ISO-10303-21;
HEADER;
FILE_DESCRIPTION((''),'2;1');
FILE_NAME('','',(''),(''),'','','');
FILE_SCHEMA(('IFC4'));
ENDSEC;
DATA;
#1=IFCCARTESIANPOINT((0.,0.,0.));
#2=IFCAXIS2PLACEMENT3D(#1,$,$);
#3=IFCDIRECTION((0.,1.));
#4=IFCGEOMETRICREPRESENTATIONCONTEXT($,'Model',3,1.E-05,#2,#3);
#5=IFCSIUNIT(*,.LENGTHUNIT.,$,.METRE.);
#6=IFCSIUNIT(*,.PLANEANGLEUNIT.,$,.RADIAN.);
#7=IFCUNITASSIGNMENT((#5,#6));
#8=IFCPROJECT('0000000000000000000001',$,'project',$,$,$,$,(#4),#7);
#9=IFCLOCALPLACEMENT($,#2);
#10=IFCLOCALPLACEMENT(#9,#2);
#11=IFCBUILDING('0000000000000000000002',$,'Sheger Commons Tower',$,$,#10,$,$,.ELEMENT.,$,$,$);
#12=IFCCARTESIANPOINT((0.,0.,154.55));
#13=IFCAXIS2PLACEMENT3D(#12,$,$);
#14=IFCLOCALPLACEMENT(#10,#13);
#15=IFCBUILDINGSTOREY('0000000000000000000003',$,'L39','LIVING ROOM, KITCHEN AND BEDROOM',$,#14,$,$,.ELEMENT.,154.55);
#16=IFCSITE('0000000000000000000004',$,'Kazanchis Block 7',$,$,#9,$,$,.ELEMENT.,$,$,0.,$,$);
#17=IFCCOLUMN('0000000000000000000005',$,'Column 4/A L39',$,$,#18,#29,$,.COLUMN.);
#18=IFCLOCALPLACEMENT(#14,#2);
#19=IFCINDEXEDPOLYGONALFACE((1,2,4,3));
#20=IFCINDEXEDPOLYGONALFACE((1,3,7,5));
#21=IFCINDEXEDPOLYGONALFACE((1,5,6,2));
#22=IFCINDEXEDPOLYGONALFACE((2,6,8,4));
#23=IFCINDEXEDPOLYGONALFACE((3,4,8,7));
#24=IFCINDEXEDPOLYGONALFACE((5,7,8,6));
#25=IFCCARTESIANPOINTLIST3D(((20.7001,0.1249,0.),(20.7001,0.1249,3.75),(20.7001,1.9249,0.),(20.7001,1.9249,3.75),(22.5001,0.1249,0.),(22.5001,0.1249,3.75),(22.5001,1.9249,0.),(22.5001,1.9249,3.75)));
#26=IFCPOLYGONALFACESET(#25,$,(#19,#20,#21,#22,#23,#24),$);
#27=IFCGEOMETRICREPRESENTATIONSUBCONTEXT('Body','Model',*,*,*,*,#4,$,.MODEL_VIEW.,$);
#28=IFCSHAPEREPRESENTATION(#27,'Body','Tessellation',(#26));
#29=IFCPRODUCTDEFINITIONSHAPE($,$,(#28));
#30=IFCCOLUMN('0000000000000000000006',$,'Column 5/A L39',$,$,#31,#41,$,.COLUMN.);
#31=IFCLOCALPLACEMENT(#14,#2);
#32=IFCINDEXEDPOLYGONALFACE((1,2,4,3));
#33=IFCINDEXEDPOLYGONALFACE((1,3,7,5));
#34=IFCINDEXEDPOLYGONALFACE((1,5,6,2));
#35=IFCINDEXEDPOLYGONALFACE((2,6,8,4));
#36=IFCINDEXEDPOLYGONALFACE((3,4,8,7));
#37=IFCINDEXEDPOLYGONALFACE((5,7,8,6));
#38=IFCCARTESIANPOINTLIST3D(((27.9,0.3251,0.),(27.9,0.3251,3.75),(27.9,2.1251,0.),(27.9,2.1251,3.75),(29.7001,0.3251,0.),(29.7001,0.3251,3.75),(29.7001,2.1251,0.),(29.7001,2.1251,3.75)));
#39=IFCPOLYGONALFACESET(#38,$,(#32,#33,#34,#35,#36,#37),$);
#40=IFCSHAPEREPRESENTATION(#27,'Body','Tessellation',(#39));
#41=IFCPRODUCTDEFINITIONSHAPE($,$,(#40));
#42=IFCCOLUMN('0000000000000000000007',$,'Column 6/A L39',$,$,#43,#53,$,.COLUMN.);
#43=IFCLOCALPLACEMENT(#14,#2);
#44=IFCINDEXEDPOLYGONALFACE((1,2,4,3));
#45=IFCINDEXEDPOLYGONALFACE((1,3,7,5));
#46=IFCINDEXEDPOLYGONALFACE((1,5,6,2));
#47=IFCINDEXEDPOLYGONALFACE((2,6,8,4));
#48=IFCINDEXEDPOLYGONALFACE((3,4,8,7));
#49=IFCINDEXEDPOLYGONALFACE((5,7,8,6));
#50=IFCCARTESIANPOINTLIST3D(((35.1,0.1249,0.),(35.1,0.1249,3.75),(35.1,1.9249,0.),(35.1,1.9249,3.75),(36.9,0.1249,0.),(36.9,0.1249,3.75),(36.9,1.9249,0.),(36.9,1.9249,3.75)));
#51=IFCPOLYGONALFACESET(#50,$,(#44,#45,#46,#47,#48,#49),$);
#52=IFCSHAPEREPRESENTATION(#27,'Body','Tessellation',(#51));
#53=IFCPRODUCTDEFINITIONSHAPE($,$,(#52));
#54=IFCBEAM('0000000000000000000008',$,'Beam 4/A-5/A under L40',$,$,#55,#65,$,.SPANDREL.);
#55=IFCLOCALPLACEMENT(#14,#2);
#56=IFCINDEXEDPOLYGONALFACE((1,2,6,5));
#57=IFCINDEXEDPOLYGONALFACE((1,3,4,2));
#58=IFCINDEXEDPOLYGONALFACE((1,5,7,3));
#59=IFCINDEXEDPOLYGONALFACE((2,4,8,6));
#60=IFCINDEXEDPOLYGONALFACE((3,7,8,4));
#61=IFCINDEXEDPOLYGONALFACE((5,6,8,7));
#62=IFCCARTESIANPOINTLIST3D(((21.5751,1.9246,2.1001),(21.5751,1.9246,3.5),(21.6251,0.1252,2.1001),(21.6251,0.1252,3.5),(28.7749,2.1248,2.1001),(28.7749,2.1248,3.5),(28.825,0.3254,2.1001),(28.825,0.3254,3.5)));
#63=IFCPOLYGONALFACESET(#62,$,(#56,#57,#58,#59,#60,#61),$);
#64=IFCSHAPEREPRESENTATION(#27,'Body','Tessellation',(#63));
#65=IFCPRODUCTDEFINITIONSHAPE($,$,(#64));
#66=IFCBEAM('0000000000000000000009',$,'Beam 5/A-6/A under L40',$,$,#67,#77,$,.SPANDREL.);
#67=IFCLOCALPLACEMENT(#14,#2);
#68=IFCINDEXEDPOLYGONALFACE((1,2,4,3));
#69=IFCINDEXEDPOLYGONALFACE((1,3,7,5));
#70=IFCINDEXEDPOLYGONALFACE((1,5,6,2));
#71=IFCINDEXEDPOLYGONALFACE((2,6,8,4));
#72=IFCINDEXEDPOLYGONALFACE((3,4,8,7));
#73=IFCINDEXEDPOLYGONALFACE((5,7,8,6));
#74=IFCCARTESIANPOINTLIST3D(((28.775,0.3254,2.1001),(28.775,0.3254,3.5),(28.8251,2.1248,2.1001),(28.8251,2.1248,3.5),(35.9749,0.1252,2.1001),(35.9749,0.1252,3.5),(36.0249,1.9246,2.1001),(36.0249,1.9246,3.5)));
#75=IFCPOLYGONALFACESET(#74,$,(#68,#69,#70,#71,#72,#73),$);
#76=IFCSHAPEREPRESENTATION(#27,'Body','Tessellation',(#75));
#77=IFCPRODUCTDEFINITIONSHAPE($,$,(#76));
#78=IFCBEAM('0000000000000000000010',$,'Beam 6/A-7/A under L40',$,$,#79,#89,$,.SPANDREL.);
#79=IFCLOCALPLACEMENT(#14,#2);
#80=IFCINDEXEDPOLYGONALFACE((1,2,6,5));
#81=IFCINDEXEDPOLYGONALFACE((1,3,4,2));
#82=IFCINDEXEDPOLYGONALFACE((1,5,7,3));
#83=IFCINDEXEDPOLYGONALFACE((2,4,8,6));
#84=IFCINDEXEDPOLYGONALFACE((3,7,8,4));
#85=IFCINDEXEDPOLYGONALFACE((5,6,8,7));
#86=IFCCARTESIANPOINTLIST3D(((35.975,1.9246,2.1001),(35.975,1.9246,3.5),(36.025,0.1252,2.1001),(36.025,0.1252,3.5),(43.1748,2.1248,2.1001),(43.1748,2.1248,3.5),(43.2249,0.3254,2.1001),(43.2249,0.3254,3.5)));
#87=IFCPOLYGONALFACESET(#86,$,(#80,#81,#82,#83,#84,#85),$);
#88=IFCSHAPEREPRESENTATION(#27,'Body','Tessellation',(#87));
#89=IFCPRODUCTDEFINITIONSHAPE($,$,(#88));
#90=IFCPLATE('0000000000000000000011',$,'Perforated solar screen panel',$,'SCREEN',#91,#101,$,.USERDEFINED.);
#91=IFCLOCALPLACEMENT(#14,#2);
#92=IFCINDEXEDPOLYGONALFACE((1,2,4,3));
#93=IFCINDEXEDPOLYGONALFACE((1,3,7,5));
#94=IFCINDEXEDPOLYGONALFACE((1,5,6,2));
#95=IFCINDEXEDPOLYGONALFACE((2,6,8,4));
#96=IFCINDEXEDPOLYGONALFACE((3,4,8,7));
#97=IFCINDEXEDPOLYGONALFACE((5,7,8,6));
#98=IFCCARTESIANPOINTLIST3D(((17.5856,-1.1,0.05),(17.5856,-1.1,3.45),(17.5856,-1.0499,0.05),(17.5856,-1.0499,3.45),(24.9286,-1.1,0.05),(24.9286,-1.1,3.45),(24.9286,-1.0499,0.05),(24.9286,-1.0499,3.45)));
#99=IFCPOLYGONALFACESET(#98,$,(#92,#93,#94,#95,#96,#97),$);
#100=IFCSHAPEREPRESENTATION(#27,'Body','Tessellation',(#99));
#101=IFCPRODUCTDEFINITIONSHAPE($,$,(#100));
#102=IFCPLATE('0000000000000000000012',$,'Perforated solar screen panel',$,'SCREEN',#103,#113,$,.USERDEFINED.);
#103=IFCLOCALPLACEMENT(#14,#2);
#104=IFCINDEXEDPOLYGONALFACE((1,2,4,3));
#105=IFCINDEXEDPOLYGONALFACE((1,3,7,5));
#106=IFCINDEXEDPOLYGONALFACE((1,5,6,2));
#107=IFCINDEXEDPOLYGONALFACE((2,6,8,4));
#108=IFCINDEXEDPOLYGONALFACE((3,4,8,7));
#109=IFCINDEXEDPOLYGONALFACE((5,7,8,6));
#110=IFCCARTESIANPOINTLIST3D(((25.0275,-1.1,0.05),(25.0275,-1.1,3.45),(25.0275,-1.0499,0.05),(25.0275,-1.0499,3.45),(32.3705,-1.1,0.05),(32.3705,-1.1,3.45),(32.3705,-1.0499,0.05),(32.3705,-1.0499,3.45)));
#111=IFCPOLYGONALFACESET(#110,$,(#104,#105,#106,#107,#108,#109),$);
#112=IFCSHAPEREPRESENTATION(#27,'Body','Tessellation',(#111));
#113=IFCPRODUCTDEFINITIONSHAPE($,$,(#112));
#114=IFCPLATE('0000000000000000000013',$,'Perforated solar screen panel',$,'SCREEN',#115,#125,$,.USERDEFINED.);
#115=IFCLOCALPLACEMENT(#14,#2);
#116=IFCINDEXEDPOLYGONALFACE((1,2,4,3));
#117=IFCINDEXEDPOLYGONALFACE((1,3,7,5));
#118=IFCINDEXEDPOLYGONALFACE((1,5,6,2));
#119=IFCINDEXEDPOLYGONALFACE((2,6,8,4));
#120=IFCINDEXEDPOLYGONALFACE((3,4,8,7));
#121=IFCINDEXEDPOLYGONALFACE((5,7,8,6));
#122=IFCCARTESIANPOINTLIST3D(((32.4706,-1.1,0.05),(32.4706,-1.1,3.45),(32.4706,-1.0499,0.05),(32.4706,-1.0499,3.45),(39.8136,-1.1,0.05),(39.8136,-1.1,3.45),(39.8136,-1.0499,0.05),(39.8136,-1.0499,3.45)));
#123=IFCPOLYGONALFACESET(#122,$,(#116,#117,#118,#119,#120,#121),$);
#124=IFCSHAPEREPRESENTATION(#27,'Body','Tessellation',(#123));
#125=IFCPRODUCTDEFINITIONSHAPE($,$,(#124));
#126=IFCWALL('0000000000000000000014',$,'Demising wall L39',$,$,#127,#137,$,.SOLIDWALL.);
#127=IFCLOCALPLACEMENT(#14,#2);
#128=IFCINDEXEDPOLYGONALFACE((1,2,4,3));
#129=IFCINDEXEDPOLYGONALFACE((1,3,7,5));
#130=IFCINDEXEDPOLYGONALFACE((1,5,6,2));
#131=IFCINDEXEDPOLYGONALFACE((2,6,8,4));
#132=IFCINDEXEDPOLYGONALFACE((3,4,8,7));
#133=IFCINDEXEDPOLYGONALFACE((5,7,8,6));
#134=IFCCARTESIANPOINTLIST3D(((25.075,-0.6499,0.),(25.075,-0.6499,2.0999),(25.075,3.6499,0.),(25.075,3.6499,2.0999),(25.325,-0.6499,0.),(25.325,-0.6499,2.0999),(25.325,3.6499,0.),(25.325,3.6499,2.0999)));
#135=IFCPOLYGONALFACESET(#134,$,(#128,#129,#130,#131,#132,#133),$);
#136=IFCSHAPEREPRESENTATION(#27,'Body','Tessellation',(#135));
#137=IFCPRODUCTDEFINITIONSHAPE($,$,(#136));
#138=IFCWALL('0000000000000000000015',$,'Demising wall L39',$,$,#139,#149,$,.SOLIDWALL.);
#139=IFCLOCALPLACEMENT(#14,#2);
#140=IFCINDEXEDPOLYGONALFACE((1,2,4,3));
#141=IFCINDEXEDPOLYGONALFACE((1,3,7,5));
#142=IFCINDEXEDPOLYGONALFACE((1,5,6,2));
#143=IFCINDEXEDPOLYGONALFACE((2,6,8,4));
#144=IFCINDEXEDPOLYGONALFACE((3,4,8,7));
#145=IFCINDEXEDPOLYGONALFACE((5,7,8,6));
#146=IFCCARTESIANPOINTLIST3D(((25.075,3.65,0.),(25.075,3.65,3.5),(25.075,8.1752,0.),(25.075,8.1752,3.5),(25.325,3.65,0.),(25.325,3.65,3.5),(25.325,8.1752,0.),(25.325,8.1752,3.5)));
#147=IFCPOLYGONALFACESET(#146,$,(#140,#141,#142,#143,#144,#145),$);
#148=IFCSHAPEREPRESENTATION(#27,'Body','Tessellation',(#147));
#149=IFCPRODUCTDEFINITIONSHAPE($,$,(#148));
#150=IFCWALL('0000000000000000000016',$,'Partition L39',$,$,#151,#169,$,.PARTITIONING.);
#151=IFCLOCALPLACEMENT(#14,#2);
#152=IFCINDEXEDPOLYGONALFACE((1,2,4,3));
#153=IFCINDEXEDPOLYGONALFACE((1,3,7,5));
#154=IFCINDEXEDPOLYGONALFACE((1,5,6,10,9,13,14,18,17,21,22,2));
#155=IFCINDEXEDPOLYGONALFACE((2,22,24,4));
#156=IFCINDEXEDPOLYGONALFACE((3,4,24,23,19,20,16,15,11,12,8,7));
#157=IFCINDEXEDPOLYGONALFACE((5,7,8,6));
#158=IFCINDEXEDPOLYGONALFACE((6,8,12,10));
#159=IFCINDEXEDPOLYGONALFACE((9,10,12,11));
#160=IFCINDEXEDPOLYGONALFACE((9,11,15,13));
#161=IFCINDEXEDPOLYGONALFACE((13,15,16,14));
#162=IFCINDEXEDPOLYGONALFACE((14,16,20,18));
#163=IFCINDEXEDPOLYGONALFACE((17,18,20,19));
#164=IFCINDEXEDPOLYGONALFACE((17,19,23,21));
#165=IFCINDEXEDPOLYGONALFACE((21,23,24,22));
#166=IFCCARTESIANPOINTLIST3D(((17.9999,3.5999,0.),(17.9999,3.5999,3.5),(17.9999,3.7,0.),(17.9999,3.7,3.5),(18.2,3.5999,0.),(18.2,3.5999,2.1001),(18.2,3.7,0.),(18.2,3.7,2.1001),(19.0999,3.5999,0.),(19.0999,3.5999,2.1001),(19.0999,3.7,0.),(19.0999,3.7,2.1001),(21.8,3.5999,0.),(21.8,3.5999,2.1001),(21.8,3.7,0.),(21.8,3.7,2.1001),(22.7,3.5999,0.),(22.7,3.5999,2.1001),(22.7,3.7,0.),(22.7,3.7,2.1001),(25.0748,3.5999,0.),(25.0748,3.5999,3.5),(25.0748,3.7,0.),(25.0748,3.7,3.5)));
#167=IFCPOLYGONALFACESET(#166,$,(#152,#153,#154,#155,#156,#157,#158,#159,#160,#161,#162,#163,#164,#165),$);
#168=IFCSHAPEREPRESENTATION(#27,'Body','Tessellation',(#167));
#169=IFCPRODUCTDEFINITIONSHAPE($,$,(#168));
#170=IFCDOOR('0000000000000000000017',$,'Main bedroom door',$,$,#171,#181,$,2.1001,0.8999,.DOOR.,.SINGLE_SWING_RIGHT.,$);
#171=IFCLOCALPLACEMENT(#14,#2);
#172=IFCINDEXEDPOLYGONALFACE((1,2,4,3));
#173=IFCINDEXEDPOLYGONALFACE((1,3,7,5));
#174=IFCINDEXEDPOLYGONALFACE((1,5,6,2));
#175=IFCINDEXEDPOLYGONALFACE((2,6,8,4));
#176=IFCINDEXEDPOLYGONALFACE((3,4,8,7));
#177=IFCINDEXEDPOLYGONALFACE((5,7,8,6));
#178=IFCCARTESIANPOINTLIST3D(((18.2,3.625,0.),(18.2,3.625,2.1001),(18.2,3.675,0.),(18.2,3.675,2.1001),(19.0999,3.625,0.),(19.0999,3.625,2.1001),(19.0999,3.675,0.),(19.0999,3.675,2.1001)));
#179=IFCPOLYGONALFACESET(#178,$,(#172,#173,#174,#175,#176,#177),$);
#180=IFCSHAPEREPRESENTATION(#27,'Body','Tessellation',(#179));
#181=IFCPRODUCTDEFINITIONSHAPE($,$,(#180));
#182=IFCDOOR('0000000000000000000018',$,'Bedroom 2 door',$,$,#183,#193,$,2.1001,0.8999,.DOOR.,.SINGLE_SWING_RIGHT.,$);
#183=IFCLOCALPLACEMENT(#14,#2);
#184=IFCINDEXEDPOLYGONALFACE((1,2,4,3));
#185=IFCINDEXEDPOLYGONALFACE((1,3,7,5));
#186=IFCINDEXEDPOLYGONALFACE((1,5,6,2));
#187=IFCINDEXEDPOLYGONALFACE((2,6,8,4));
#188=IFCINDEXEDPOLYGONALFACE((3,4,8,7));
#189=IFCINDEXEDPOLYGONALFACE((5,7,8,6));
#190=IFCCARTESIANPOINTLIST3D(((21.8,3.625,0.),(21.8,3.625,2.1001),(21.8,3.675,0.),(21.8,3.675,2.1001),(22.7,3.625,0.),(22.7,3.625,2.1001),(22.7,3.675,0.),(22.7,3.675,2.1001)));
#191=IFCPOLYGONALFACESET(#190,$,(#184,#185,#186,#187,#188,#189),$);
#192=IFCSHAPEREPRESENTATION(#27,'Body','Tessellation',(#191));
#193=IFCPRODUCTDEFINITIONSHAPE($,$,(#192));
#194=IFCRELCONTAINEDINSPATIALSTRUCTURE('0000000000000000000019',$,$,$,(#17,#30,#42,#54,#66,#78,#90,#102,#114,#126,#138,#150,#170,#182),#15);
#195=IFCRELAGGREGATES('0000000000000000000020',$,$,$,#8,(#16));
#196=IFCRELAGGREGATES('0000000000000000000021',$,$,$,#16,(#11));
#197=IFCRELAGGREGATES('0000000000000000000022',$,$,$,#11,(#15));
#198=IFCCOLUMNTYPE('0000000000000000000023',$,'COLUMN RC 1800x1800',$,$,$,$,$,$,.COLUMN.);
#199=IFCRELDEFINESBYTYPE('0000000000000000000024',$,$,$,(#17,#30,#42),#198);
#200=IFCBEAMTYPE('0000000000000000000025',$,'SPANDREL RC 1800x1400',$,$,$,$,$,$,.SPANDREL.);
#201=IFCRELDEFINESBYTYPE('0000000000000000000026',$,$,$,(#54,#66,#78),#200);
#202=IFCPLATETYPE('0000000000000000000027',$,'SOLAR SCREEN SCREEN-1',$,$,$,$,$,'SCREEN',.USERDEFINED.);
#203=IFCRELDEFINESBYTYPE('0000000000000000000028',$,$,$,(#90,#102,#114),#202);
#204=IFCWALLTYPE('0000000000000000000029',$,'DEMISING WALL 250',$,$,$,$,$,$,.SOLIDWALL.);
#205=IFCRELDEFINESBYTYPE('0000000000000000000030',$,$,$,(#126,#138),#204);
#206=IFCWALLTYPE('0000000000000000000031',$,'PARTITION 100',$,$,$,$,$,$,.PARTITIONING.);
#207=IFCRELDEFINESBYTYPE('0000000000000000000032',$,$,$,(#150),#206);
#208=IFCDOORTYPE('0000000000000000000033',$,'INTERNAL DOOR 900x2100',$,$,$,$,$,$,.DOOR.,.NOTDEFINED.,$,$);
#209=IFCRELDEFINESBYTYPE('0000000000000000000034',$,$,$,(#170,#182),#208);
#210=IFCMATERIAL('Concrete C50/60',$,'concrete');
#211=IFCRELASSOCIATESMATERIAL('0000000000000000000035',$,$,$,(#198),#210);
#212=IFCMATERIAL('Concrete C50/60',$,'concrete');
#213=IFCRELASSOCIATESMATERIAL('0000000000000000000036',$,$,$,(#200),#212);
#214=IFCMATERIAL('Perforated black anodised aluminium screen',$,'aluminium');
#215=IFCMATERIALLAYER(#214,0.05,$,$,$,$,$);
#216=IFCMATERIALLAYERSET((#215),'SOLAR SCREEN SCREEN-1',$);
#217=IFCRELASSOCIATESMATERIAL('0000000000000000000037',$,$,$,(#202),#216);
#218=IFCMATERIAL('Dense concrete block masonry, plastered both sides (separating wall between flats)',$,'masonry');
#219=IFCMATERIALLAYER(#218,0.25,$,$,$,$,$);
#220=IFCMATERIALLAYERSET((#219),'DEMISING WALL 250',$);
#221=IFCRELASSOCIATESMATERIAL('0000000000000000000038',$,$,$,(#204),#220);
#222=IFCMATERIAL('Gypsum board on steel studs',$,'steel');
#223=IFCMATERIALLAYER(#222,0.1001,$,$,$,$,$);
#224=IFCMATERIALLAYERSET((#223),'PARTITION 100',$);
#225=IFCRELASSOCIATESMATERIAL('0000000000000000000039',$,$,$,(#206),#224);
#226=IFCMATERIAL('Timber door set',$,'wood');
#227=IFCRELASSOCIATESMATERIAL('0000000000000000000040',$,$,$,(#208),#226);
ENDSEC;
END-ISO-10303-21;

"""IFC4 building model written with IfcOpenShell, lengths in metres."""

from ifc_helpers import new_model, si_unit, direction, frame, frame_2d, origin, origin_2d, place, context, subcontext, project, spatial, rectangle, extrude, material, layer, layer_set, material_profile, profile_set, type_object, element, fill, save


model = new_model("IFC4")

# Units and contexts
model_context = context("Model", 3, precision=1e-05, world=origin(), true_north=direction((0.0, 1.0)))
body_context = subcontext(model_context, "Body", "Model", "MODEL_VIEW")
ifc_project = project(units=[si_unit("LENGTHUNIT", "METRE"), si_unit("PLANEANGLEUNIT", "RADIAN")], contexts=[model_context])

# Site, building, storey
site_placement = place(None, origin())
site = spatial("IfcSite", under=ifc_project, at=site_placement, Name="Kazanchis Block 7", CompositionType="ELEMENT", RefElevation=0.0)
building_placement = place(site_placement, origin())
building = spatial("IfcBuilding", under=site, at=building_placement, Name="Sheger Commons Tower", CompositionType="ELEMENT")
storey_placement = place(building_placement, frame((0.0, 0.0, 154.55)))
storey = spatial("IfcBuildingStorey", under=building, at=storey_placement, Name="L39", Description="LIVING ROOM, KITCHEN AND BEDROOM", CompositionType="ELEMENT", Elevation=154.55)

# Columns
ifc_material_1 = material(Name="Concrete C50/60", Category="concrete")
ifc_material_profile_1 = material_profile(ifc_material_1, rectangle(XDim=1.8, YDim=1.8, at=origin_2d()), Name="RC 1800x1800")
ifc_profile_set_1 = profile_set([ifc_material_profile_1], Name="Concrete C50/60")
column_type = type_object("IfcColumnType", Name="COLUMN RC 1800x1800", PredefinedType="COLUMN", material=ifc_profile_set_1)
for number, where, z_axis, x_axis, name in (
    (1, (21.6001, 1.0249, 0.0), (0.0, 0.0, 1.0), (1.0, 0.0, 0.0), "Column 4/A L39"),
    (2, (28.8, 1.2251, 0.0), (0.0, 0.0, 1.0), (1.0, 0.0, 0.0), "Column 5/A L39"),
    (3, (36.0, 1.0249, 0.0), (0.0, 0.0, 1.0), (1.0, 0.0, 0.0), "Column 6/A L39"),
):
    element("IfcColumn", number, at=place(storey_placement, frame(where, z_axis=z_axis, x_axis=x_axis)), inside=storey, type_object=column_type, Name=name, PredefinedType="COLUMN", context=body_context, shape_type="SweptSolid", body=[
        extrude(rectangle(XDim=1.8, YDim=1.8, at=origin_2d()), origin(), (0.0, 0.0, 1.0), 3.75),
    ])

# Beams
ifc_material_2 = material(Name="Concrete C50/60", Category="concrete")
ifc_material_profile_2 = material_profile(ifc_material_2, rectangle(XDim=1.8, YDim=1.3999, at=origin_2d()), Name="RC 1800x1400")
ifc_profile_set_2 = profile_set([ifc_material_profile_2], Name="Concrete C50/60")
beam_type = type_object("IfcBeamType", Name="SPANDREL RC 1800x1400", PredefinedType="SPANDREL", material=ifc_profile_set_2)
for number, where, z_axis, x_axis, name in (
    (4, (21.6001, 1.0249, 2.8), (0.999614, 0.027794, 0.0), (-0.027794, 0.999614, 0.0), "Beam 4/A-5/A under L40"),
    (5, (28.8, 1.2251, 2.8), (0.999614, -0.027794, 0.0), (0.027794, 0.999614, 0.0), "Beam 5/A-6/A under L40"),
    (6, (36.0, 1.0249, 2.8), (0.999614, 0.027794, 0.0), (-0.027794, 0.999614, 0.0), "Beam 6/A-7/A under L40"),
):
    element("IfcBeam", number, at=place(storey_placement, frame(where, z_axis=z_axis, x_axis=x_axis)), inside=storey, type_object=beam_type, Name=name, PredefinedType="SPANDREL", context=body_context, shape_type="SweptSolid", body=[
        extrude(rectangle(XDim=1.8, YDim=1.3999, at=origin_2d()), origin(), (0.0, 0.0, 1.0), 7.2026),
    ])

# Plates
ifc_material_3 = material(Name="Perforated black anodised aluminium screen", Category="aluminium")
ifc_layer_1 = layer(ifc_material_3, 0.05)
ifc_layer_set_1 = layer_set([ifc_layer_1], Name="SOLAR SCREEN SCREEN-1")
plate_type = type_object("IfcPlateType", Name="SOLAR SCREEN SCREEN-1", ElementType="SCREEN", PredefinedType="USERDEFINED", material=ifc_layer_set_1)
for number, where, z_axis, x_axis, name in (
    (7, (21.2571, -1.075, 0.05), (0.0, 0.0, 1.0), (1.0, 0.0, 0.0), "Perforated solar screen panel"),
    (8, (28.699, -1.075, 0.05), (0.0, 0.0, 1.0), (1.0, 0.0, 0.0), "Perforated solar screen panel"),
    (9, (36.1421, -1.075, 0.05), (0.0, 0.0, 1.0), (1.0, 0.0, 0.0), "Perforated solar screen panel"),
):
    element("IfcPlate", number, at=place(storey_placement, frame(where, z_axis=z_axis, x_axis=x_axis)), inside=storey, type_object=plate_type, Name=name, ObjectType="SCREEN", PredefinedType="USERDEFINED", context=body_context, shape_type="SweptSolid", body=[
        extrude(rectangle(XDim=7.343, YDim=0.05, at=origin_2d()), origin(), (0.0, 0.0, 1.0), 3.3999),
    ])

# Walls
ifc_material_4 = material(Name="Dense concrete block masonry, plastered both sides (separating wall between flats)", Category="masonry")
ifc_layer_2 = layer(ifc_material_4, 0.25)
ifc_layer_set_2 = layer_set([ifc_layer_2], Name="DEMISING WALL 250")
wall_type_1 = type_object("IfcWallType", Name="DEMISING WALL 250", PredefinedType="SOLIDWALL", material=ifc_layer_set_2)
wall_1_placement = place(storey_placement, frame((25.2, -0.6499, 0.0), z_axis=(0.0, 0.0, 1.0), x_axis=(0.0, 1.0, 0.0)))
element("IfcWall", 10, at=wall_1_placement, inside=storey, type_object=wall_type_1, Name="Demising wall L39", PredefinedType="SOLIDWALL", context=body_context, shape_type="SweptSolid", body=[
    extrude(rectangle(XDim=4.2998, YDim=0.25, at=frame_2d((2.1499, 0.0))), origin(), (0.0, 0.0, 1.0), 2.0999),
])
wall_2_placement = place(storey_placement, frame((25.2, 3.6499, 0.0), z_axis=(0.0, 0.0, 1.0), x_axis=(0.0, 1.0, 0.0)))
element("IfcWall", 11, at=wall_2_placement, inside=storey, type_object=wall_type_1, Name="Demising wall L39", PredefinedType="SOLIDWALL", context=body_context, shape_type="SweptSolid", body=[
    extrude(rectangle(XDim=4.5251, YDim=0.25, at=frame_2d((2.2627, 0.0))), origin(), (0.0, 0.0, 1.0), 3.5),
])

# Wall, openings, doors
ifc_material_5 = material(Name="Gypsum board on steel studs", Category="steel")
ifc_layer_3 = layer(ifc_material_5, 0.1001)
ifc_layer_set_3 = layer_set([ifc_layer_3], Name="PARTITION 100")
wall_type_2 = type_object("IfcWallType", Name="PARTITION 100", PredefinedType="PARTITIONING", material=ifc_layer_set_3)
wall_3_placement = place(storey_placement, frame((25.075, 3.6499, 0.0), z_axis=(0.0, 0.0, 1.0), x_axis=(-1.0, 0.0, 0.0)))
wall_3 = element("IfcWall", 12, at=wall_3_placement, inside=storey, type_object=wall_type_2, Name="Partition L39", PredefinedType="PARTITIONING", context=body_context, shape_type="SweptSolid", body=[
    extrude(rectangle(XDim=7.075, YDim=0.1001, at=frame_2d((3.5376, 0.0))), origin(), (0.0, 0.0, 1.0), 3.5),
])
opening_1_placement = place(wall_3_placement, frame((5.9751, 0.0, 0.0)))
opening_1 = element("IfcOpeningElement", 13, at=opening_1_placement, cuts=wall_3, PredefinedType="OPENING", context=body_context, shape_type="SweptSolid", body=[
    extrude(rectangle(XDim=0.8999, YDim=2.1001, at=frame_2d((0.45, 1.05))), frame((0.0, 0.0601, 0.0), z_axis=(0.0, -1.0, 0.0), x_axis=(1.0, 0.0, 0.0)), (0.0, 0.0, 1.0), 0.1201),
])
opening_2_placement = place(wall_3_placement, frame((2.375, 0.0, 0.0)))
opening_2 = element("IfcOpeningElement", 14, at=opening_2_placement, cuts=wall_3, PredefinedType="OPENING", context=body_context, shape_type="SweptSolid", body=[
    extrude(rectangle(XDim=0.8999, YDim=2.1001, at=frame_2d((0.45, 1.05))), frame((0.0, 0.0601, 0.0), z_axis=(0.0, -1.0, 0.0), x_axis=(1.0, 0.0, 0.0)), (0.0, 0.0, 1.0), 0.1201),
])
ifc_material_6 = material(Name="Timber door set", Category="wood")
door_type = type_object("IfcDoorType", Name="INTERNAL DOOR 900x2100", OperationType="NOTDEFINED", PredefinedType="DOOR", material=ifc_material_6)
door_1_placement = place(opening_1_placement, origin())
door_1 = element("IfcDoor", 15, at=door_1_placement, inside=storey, type_object=door_type, Name="Main bedroom door", OperationType="SINGLE_SWING_RIGHT", OverallHeight=2.1001, OverallWidth=0.8999, PredefinedType="DOOR", context=body_context, shape_type="SweptSolid", body=[
    extrude(rectangle(XDim=0.8999, YDim=2.1001, at=frame_2d((0.45, 1.05))), frame((0.0, 0.0249, 0.0), z_axis=(0.0, -1.0, 0.0), x_axis=(1.0, 0.0, 0.0)), (0.0, 0.0, 1.0), 0.05),
])
fill(opening_1, door_1)
door_2_placement = place(opening_2_placement, origin())
door_2 = element("IfcDoor", 16, at=door_2_placement, inside=storey, type_object=door_type, Name="Bedroom 2 door", OperationType="SINGLE_SWING_RIGHT", OverallHeight=2.1001, OverallWidth=0.8999, PredefinedType="DOOR", context=body_context, shape_type="SweptSolid", body=[
    extrude(rectangle(XDim=0.8999, YDim=2.1001, at=frame_2d((0.45, 1.05))), frame((0.0, 0.0249, 0.0), z_axis=(0.0, -1.0, 0.0), x_axis=(1.0, 0.0, 0.0)), (0.0, 0.0, 1.0), 0.05),
])
fill(opening_2, door_2)

save(model, "model.ifc")
